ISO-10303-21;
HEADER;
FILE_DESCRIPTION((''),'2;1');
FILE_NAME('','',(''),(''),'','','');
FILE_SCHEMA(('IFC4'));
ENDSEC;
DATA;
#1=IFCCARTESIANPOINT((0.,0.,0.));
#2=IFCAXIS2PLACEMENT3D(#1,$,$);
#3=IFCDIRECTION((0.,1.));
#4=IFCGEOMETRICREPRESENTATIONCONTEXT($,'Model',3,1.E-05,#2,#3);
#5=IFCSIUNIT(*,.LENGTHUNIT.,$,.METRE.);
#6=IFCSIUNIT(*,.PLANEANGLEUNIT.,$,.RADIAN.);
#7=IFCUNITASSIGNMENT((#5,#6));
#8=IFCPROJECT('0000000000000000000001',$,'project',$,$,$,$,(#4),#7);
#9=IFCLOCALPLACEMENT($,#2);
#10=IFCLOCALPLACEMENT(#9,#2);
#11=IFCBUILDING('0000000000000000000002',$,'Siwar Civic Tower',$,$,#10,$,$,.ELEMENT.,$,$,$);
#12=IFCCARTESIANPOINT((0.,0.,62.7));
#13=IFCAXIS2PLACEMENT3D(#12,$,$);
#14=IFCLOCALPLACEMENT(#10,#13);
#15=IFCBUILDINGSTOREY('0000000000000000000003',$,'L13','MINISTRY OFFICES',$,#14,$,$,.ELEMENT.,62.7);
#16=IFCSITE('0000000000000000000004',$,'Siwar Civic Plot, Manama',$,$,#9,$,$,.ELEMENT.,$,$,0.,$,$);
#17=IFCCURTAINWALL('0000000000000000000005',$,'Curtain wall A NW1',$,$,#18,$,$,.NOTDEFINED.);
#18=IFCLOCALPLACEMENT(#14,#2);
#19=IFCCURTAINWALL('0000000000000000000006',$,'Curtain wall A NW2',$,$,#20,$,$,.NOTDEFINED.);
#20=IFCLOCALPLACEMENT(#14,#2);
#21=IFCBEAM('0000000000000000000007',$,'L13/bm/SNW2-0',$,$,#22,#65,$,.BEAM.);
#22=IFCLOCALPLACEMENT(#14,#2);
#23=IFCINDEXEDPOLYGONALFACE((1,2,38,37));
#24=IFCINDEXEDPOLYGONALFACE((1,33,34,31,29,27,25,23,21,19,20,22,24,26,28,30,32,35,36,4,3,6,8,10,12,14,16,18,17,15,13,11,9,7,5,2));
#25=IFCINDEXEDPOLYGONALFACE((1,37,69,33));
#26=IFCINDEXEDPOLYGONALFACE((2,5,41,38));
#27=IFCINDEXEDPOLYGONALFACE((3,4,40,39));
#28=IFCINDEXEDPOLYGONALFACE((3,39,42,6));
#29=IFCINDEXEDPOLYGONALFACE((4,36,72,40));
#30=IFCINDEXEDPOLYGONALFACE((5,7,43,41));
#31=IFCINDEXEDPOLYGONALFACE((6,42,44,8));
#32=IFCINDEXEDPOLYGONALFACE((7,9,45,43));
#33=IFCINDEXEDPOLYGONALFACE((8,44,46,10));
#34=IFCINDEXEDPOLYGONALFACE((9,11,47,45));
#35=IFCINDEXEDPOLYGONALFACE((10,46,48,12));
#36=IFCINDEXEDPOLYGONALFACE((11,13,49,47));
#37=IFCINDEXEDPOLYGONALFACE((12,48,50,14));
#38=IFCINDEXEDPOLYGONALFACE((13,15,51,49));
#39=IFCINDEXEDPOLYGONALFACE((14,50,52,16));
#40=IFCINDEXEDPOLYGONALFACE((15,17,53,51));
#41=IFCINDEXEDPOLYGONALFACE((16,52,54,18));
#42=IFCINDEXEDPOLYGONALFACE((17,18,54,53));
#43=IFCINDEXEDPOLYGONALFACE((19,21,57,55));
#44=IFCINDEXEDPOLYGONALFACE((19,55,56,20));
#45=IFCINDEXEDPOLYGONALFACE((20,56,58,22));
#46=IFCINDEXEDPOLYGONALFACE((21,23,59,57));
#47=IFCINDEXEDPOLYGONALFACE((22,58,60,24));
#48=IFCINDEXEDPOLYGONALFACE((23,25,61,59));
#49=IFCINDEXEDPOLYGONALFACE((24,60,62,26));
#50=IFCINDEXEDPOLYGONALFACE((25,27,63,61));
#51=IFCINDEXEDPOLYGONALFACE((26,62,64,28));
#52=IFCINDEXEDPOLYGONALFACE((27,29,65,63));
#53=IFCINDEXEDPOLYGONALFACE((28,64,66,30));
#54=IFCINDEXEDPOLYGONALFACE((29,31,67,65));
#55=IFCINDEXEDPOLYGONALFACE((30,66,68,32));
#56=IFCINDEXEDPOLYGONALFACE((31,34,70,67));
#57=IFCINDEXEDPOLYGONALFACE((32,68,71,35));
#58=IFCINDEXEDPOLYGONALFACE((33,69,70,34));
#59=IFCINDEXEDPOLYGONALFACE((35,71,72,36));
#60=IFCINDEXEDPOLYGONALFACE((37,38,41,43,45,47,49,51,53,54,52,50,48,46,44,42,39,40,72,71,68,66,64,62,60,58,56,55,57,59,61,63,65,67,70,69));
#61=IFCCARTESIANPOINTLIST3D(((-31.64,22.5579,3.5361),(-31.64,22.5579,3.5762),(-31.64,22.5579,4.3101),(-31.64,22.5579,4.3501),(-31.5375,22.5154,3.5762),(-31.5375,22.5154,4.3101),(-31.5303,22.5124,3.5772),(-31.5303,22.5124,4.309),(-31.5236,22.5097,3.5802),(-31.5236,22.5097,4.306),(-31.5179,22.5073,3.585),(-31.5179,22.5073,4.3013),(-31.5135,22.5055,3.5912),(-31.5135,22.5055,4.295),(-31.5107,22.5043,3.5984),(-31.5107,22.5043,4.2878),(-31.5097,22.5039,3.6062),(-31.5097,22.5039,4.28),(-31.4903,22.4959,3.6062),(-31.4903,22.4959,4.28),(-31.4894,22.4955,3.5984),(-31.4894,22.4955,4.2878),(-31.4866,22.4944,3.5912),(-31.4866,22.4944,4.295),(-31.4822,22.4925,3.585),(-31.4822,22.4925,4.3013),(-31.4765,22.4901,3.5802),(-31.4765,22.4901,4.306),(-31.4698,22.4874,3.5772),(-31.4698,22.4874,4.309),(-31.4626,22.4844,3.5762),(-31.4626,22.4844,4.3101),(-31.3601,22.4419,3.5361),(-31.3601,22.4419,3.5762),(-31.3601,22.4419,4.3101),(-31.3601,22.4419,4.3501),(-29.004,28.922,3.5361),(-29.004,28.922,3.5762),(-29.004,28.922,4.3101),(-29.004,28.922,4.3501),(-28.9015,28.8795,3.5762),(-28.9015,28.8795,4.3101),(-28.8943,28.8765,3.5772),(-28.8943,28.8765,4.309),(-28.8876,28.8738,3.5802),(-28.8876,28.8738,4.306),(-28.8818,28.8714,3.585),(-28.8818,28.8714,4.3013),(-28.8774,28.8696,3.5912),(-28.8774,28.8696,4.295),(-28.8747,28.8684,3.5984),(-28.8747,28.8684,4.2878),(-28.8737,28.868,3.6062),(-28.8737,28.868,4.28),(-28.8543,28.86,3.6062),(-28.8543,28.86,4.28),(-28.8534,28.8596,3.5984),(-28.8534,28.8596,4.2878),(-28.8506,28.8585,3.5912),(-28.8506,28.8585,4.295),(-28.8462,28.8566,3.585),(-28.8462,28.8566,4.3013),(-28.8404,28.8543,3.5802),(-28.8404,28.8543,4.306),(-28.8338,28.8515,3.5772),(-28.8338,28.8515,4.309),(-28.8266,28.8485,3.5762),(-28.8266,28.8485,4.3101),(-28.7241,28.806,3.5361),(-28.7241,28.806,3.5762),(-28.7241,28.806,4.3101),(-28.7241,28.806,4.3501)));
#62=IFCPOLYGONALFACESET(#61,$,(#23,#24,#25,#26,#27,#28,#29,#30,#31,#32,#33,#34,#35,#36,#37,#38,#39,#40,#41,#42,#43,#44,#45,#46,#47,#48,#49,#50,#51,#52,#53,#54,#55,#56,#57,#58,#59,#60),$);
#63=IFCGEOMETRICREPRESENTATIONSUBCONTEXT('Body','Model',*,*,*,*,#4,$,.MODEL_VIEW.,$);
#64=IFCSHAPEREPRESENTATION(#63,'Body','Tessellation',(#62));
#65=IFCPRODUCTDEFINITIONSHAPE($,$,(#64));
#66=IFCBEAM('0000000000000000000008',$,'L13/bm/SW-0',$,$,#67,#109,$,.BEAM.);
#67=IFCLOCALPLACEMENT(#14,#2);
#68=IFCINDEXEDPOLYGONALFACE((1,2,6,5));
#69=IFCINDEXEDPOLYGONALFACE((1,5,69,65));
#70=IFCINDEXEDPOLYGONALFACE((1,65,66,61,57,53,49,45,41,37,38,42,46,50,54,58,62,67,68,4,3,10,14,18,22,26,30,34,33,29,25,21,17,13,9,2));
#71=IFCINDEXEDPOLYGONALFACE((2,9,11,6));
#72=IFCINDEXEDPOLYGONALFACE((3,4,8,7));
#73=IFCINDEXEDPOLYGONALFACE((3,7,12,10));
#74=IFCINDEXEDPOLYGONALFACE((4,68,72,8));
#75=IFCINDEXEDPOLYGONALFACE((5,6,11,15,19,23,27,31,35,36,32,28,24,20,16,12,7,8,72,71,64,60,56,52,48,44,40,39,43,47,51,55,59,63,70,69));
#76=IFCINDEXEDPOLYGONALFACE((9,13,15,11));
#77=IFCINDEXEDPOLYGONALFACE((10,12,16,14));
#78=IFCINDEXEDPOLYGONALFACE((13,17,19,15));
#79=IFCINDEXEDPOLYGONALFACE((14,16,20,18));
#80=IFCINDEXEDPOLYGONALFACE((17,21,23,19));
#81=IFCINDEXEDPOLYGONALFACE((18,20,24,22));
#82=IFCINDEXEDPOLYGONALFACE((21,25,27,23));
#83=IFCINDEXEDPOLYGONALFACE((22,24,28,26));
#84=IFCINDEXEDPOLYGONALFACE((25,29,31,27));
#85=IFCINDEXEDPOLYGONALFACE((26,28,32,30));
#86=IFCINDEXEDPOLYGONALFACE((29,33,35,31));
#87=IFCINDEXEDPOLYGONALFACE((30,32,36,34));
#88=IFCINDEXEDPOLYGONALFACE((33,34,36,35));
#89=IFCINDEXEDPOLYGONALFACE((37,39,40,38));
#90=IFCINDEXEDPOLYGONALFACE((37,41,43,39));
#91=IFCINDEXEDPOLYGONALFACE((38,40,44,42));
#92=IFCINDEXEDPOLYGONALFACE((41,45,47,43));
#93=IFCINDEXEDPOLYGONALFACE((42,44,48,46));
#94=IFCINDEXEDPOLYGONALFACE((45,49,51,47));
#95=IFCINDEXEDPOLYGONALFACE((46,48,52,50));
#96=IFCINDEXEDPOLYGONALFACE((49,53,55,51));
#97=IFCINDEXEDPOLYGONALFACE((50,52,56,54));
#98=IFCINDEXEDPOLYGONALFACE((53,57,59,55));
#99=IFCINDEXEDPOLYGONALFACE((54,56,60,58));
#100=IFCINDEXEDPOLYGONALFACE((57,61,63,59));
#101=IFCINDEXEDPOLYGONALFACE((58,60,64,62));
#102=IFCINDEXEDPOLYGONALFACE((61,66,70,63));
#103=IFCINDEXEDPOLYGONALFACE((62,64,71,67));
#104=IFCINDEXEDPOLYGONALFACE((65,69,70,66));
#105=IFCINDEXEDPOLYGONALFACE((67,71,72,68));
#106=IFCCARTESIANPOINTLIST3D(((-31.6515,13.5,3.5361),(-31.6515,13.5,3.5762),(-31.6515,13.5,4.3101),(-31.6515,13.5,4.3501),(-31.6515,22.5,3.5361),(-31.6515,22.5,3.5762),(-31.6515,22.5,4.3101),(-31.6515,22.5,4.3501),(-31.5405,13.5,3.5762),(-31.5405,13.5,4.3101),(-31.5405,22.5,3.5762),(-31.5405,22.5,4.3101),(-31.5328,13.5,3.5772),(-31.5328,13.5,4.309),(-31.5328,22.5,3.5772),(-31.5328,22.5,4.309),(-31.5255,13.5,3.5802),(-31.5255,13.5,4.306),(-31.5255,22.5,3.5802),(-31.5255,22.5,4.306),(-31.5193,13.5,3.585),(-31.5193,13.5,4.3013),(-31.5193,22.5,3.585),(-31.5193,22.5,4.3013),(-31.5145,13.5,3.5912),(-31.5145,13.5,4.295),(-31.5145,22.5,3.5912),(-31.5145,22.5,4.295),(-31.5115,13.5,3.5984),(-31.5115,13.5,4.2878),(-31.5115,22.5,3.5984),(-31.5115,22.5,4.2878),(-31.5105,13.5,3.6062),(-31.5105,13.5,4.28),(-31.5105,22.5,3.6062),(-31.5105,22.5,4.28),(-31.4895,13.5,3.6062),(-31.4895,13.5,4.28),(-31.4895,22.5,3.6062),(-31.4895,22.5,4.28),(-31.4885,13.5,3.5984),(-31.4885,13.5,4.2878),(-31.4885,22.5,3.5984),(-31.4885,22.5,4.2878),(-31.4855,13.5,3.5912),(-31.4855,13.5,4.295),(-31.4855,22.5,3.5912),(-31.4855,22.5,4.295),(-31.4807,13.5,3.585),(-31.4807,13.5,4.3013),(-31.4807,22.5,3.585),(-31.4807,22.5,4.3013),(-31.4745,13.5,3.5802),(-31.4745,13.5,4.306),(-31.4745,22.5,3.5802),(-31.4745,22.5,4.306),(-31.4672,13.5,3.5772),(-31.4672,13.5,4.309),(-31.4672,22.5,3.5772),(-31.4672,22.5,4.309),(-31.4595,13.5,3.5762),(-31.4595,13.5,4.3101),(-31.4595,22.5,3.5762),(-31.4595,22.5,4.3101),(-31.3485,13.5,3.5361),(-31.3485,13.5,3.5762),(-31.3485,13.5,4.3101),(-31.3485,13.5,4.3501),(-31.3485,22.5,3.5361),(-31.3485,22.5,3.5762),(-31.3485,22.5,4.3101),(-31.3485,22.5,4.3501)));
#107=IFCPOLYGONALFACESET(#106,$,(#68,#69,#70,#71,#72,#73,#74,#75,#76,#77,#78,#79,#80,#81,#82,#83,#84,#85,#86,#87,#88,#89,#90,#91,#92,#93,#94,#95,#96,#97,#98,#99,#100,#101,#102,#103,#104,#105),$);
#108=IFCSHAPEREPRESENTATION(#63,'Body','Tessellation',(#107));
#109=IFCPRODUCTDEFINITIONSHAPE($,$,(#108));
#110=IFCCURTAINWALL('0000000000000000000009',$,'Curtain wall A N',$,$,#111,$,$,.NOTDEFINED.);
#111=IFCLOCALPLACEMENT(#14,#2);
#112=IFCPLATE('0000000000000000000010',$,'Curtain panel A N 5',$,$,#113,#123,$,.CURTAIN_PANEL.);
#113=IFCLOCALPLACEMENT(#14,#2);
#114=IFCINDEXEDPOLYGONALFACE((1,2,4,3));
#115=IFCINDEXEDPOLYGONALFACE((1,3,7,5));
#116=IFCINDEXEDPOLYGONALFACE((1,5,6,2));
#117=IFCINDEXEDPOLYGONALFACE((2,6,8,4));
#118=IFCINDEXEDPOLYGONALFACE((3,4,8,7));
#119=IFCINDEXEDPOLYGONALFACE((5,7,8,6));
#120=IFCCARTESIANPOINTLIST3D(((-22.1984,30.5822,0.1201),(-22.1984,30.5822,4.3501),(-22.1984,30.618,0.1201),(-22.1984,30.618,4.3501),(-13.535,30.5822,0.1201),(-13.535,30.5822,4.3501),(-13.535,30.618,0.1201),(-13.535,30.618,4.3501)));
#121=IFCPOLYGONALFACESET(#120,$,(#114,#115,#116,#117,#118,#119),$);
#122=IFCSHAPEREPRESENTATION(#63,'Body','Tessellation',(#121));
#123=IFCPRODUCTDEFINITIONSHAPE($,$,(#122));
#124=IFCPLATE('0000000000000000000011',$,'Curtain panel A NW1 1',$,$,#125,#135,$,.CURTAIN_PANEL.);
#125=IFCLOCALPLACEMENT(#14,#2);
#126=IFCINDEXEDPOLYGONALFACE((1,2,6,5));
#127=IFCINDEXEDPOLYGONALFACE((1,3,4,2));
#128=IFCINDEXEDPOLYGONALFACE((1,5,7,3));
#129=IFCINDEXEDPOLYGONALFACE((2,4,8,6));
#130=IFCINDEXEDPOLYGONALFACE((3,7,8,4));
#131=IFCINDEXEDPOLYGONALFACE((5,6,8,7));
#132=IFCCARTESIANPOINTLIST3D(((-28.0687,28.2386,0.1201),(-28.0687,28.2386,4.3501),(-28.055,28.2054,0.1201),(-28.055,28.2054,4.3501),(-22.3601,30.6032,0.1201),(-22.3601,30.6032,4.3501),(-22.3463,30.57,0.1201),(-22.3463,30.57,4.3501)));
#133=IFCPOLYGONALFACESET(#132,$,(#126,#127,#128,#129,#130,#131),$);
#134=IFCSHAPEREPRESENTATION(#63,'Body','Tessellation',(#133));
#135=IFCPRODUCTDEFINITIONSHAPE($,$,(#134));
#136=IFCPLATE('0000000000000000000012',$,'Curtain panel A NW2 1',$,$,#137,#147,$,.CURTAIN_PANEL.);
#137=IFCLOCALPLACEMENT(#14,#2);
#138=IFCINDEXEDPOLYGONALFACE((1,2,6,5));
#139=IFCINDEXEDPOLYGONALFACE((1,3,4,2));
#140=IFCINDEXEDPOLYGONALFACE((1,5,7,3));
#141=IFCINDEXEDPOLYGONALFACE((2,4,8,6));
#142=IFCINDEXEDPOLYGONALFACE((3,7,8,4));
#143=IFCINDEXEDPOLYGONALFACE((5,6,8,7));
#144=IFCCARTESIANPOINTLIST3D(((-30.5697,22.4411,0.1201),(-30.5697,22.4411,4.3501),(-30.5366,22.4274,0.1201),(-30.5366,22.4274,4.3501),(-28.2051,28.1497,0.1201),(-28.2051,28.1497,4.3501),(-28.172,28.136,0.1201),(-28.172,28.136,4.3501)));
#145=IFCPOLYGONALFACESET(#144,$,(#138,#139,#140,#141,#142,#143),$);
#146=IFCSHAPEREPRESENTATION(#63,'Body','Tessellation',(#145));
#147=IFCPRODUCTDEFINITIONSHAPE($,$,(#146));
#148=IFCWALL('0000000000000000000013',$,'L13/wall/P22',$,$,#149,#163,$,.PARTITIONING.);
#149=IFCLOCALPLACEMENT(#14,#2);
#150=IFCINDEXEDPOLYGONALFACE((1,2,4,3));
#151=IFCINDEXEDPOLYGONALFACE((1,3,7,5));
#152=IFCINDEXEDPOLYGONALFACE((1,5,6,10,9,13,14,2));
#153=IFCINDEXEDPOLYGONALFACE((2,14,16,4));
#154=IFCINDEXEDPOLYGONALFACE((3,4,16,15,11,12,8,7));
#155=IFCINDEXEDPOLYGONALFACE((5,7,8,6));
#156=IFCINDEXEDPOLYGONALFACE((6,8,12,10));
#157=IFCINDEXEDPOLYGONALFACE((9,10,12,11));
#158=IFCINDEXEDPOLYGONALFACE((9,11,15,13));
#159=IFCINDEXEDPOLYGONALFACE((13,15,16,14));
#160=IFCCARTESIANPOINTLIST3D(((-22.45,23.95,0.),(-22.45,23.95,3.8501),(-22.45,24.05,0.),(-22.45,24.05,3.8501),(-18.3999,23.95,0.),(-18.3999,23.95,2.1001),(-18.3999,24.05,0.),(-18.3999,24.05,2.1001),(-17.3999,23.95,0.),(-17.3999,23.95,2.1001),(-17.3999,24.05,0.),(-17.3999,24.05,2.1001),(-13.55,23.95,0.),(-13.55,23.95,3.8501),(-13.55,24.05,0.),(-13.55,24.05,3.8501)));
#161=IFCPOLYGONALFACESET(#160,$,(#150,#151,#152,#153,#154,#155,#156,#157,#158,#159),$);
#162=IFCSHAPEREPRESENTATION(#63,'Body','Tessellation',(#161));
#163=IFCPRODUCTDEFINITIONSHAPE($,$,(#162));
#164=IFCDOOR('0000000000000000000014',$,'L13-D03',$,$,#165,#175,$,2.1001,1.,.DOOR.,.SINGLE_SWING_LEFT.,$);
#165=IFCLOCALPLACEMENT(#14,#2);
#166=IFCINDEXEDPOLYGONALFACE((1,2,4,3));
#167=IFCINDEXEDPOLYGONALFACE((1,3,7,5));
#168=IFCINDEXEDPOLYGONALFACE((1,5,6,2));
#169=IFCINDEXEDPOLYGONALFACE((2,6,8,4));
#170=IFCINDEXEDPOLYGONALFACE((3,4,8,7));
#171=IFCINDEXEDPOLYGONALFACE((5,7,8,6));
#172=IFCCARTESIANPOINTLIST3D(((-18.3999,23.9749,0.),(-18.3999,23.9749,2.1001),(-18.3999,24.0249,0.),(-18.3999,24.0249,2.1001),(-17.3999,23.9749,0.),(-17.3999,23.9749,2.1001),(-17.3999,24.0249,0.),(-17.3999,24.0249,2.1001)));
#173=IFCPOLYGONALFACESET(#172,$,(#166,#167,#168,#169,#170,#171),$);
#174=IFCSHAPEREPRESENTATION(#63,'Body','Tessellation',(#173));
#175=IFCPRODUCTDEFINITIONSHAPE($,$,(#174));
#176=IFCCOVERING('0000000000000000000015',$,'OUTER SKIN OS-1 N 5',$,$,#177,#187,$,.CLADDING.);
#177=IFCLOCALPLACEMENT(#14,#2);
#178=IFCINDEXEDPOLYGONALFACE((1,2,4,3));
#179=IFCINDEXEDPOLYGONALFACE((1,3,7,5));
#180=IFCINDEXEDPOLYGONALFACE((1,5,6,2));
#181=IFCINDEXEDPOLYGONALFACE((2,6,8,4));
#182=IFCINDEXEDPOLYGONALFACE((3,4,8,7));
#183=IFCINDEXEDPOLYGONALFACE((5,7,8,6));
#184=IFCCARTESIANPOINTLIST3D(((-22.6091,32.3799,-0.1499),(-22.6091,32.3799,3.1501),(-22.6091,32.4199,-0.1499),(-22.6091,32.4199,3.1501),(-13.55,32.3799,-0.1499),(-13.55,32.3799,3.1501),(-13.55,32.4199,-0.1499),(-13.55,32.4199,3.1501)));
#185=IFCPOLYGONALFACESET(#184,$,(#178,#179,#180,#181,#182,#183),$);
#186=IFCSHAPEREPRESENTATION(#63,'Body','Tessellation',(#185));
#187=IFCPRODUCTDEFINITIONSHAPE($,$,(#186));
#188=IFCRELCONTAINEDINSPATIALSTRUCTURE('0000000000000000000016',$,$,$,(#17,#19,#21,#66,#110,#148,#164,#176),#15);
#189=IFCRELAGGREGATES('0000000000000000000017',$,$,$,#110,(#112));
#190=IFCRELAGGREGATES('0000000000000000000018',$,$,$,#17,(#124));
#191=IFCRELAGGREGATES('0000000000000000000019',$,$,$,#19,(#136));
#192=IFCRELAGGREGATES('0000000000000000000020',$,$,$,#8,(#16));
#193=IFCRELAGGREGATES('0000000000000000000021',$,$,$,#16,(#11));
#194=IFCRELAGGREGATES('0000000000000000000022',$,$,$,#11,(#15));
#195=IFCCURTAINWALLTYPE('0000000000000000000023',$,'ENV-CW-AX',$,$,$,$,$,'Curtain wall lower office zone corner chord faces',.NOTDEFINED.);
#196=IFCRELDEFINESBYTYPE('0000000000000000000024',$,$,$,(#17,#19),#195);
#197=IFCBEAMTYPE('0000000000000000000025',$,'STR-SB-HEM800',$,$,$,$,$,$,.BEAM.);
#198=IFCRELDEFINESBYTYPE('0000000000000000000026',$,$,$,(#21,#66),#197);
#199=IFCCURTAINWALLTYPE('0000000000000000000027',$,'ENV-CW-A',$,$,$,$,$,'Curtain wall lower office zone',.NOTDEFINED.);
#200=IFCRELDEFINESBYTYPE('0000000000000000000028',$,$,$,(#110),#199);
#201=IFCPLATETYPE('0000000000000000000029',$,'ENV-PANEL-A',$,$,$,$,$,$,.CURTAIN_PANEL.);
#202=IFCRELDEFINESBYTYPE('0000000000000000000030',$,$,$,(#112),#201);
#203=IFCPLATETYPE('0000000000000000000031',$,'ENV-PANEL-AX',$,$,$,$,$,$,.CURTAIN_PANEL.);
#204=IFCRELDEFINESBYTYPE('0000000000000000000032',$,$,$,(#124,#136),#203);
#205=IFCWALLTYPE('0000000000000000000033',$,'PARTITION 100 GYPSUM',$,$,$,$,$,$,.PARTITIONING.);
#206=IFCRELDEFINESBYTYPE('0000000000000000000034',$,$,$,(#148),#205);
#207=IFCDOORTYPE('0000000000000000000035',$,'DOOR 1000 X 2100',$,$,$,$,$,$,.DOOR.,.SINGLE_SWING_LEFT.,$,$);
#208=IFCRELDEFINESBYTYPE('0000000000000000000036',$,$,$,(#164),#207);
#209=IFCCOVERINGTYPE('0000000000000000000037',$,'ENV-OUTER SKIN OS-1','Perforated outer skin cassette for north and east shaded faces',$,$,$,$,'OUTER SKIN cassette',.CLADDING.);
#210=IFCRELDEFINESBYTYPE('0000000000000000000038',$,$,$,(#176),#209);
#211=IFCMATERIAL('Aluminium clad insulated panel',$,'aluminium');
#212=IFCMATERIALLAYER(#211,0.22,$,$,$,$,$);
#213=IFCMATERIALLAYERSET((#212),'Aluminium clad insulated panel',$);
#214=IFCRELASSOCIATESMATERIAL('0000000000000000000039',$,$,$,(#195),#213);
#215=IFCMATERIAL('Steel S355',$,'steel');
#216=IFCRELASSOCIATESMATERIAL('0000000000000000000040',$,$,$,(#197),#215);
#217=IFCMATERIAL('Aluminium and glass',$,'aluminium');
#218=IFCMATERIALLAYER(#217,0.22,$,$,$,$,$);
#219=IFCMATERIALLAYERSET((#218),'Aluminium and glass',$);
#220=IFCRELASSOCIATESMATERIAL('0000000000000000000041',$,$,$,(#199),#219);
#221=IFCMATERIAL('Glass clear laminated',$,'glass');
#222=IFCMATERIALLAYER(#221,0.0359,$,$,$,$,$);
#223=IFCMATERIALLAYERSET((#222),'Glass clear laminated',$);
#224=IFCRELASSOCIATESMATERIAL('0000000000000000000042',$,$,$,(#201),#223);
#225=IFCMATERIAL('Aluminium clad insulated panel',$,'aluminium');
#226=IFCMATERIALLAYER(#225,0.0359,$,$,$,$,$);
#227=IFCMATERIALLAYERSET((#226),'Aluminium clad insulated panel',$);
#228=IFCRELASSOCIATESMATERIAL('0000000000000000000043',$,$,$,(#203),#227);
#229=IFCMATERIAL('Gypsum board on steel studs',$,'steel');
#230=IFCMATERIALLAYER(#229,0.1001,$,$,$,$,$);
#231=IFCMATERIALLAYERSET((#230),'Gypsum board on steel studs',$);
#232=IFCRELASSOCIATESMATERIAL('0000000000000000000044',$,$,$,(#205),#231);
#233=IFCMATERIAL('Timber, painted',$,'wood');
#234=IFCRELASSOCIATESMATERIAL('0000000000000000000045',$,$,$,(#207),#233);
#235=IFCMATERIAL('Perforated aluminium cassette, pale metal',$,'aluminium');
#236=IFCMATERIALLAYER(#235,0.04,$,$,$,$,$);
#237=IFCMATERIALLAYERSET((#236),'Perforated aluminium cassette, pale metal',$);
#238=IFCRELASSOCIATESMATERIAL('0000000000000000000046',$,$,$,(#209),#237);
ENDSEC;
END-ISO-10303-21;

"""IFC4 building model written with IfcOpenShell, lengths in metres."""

from ifc_helpers import new_model, si_unit, direction, frame, frame_2d, origin, origin_2d, place, context, subcontext, project, spatial, rectangle, i_section, extrude, material, layer, layer_set, material_profile, profile_set, type_object, element, fill, aggregate, save


model = new_model("IFC4")

# Units and contexts
model_context = context("Model", 3, precision=1e-05, world=origin(), true_north=direction((0.0, 1.0)))
body_context = subcontext(model_context, "Body", "Model", "MODEL_VIEW")
ifc_project = project(units=[si_unit("LENGTHUNIT", "METRE"), si_unit("PLANEANGLEUNIT", "RADIAN")], contexts=[model_context])

# Site, building, storey
site_placement = place(None, origin())
site = spatial("IfcSite", under=ifc_project, at=site_placement, Name="Siwar Civic Plot, Manama", CompositionType="ELEMENT", RefElevation=0.0)
building_placement = place(site_placement, origin())
building = spatial("IfcBuilding", under=site, at=building_placement, Name="Siwar Civic Tower", CompositionType="ELEMENT")
storey_placement = place(building_placement, frame((0.0, 0.0, 62.7)))
storey = spatial("IfcBuildingStorey", under=building, at=storey_placement, Name="L13", Description="MINISTRY OFFICES", CompositionType="ELEMENT", Elevation=62.7)

# Curtain walls
ifc_material_1 = material(Name="Aluminium clad insulated panel", Category="aluminium")
ifc_layer_1 = layer(ifc_material_1, 0.22)
ifc_layer_set_1 = layer_set([ifc_layer_1], Name="Aluminium clad insulated panel")
curtain_wall_type_1 = type_object("IfcCurtainWallType", Name="ENV-CW-AX", ElementType="Curtain wall lower office zone corner chord faces", PredefinedType="NOTDEFINED", material=ifc_layer_set_1)
curtain_wall_1_placement = place(storey_placement, origin())
curtain_wall_1 = element("IfcCurtainWall", 1, at=curtain_wall_1_placement, inside=storey, type_object=curtain_wall_type_1, Name="Curtain wall A NW1", PredefinedType="NOTDEFINED")
curtain_wall_2_placement = place(storey_placement, origin())
curtain_wall_2 = element("IfcCurtainWall", 2, at=curtain_wall_2_placement, inside=storey, type_object=curtain_wall_type_1, Name="Curtain wall A NW2", PredefinedType="NOTDEFINED")

# Beams
ifc_material_2 = material(Name="Steel S355", Category="steel")
ifc_material_profile_1 = material_profile(ifc_material_2, i_section(OverallWidth=0.303, OverallDepth=0.814, WebThickness=0.021, FlangeThickness=0.04, FilletRadius=0.03, at=origin_2d()), Name="HEM800")
ifc_profile_set_1 = profile_set([ifc_material_profile_1], Name="Steel S355")
beam_type_1 = type_object("IfcBeamType", Name="STR-SB-HEM800", PredefinedType="BEAM", material=ifc_profile_set_1)
for number, where, z_axis, x_axis, name in (
    (3, (-28.864, 28.864, 3.9431), (-0.382674, -0.923883, 0.0), (0.923883, -0.382674, 0.0), "L13/bm/SNW2-0"),
):
    element("IfcBeam", number, at=place(storey_placement, frame(where, z_axis=z_axis, x_axis=x_axis)), inside=storey, type_object=beam_type_1, Name=name, PredefinedType="BEAM", context=body_context, shape_type="SweptSolid", body=[
        extrude(i_section(OverallWidth=0.303, OverallDepth=0.814, WebThickness=0.021, FlangeThickness=0.04, FilletRadius=0.03, at=origin_2d()), origin(), (0.0, 0.0, 1.0), 6.8884),
    ])
beam_1_placement = place(storey_placement, frame((-31.5, 22.5, 3.9431), z_axis=(0.0, -1.0, 0.0), x_axis=(1.0, 0.0, 0.0)))
element("IfcBeam", 4, at=beam_1_placement, inside=storey, type_object=beam_type_1, Name="L13/bm/SW-0", PredefinedType="BEAM", context=body_context, shape_type="SweptSolid", body=[
    extrude(i_section(OverallWidth=0.303, OverallDepth=0.814, WebThickness=0.021, FlangeThickness=0.04, FilletRadius=0.03, at=origin_2d()), origin(), (0.0, 0.0, 1.0), 9.0),
])

# Curtain wall, plate
ifc_material_3 = material(Name="Aluminium and glass", Category="aluminium")
ifc_layer_2 = layer(ifc_material_3, 0.22)
ifc_layer_set_2 = layer_set([ifc_layer_2], Name="Aluminium and glass")
curtain_wall_type_2 = type_object("IfcCurtainWallType", Name="ENV-CW-A", ElementType="Curtain wall lower office zone", PredefinedType="NOTDEFINED", material=ifc_layer_set_2)
curtain_wall_3_placement = place(storey_placement, origin())
curtain_wall_3 = element("IfcCurtainWall", 5, at=curtain_wall_3_placement, inside=storey, type_object=curtain_wall_type_2, Name="Curtain wall A N", PredefinedType="NOTDEFINED")
ifc_material_4 = material(Name="Glass clear laminated", Category="glass")
ifc_layer_3 = layer(ifc_material_4, 0.0359)
ifc_layer_set_3 = layer_set([ifc_layer_3], Name="Glass clear laminated")
plate_type_1 = type_object("IfcPlateType", Name="ENV-PANEL-A", PredefinedType="CURTAIN_PANEL", material=ifc_layer_set_3)
plate_1_placement = place(storey_placement, frame((-17.8667, 30.6001, 0.1201), z_axis=(0.0, 0.0, 1.0), x_axis=(-1.0, 0.0, 0.0)))
plate_1 = element("IfcPlate", 6, at=plate_1_placement, type_object=plate_type_1, Name="Curtain panel A N 5", PredefinedType="CURTAIN_PANEL", context=body_context, shape_type="SweptSolid", body=[
    extrude(rectangle(XDim=8.6633, YDim=0.0359, at=origin_2d()), origin(), (0.0, 0.0, 1.0), 4.23),
])
aggregate(curtain_wall_3, [plate_1])

# Plates
ifc_material_5 = material(Name="Aluminium clad insulated panel", Category="aluminium")
ifc_layer_4 = layer(ifc_material_5, 0.0359)
ifc_layer_set_4 = layer_set([ifc_layer_4], Name="Aluminium clad insulated panel")
plate_type_2 = type_object("IfcPlateType", Name="ENV-PANEL-AX", PredefinedType="CURTAIN_PANEL", material=ifc_layer_set_4)
plate_2_placement = place(storey_placement, frame((-25.2075, 29.4043, 0.1201), z_axis=(0.0, 0.0, 1.0), x_axis=(-0.92388, -0.382683, 0.0)))
plate_2 = element("IfcPlate", 7, at=plate_2_placement, type_object=plate_type_2, Name="Curtain panel A NW1 1", PredefinedType="CURTAIN_PANEL", context=body_context, shape_type="SweptSolid", body=[
    extrude(rectangle(XDim=6.179, YDim=0.0359, at=origin_2d()), origin(), (0.0, 0.0, 1.0), 4.23),
])
aggregate(curtain_wall_1, [plate_2])
plate_3_placement = place(storey_placement, frame((-29.3708, 25.2886, 0.1201), z_axis=(0.0, 0.0, 1.0), x_axis=(-0.382683, -0.92388, 0.0)))
plate_3 = element("IfcPlate", 8, at=plate_3_placement, type_object=plate_type_2, Name="Curtain panel A NW2 1", PredefinedType="CURTAIN_PANEL", context=body_context, shape_type="SweptSolid", body=[
    extrude(rectangle(XDim=6.179, YDim=0.0359, at=origin_2d()), origin(), (0.0, 0.0, 1.0), 4.23),
])
aggregate(curtain_wall_2, [plate_3])

# Wall, opening, door
ifc_material_6 = material(Name="Gypsum board on steel studs", Category="steel")
ifc_layer_5 = layer(ifc_material_6, 0.1001)
ifc_layer_set_5 = layer_set([ifc_layer_5], Name="Gypsum board on steel studs")
wall_type = type_object("IfcWallType", Name="PARTITION 100 GYPSUM", PredefinedType="PARTITIONING", material=ifc_layer_set_5)
wall_placement = place(storey_placement, frame((-22.45, 24.0, 0.0), z_axis=(0.0, 0.0, 1.0), x_axis=(1.0, 0.0, 0.0)))
wall = element("IfcWall", 9, at=wall_placement, inside=storey, type_object=wall_type, Name="L13/wall/P22", PredefinedType="PARTITIONING", context=body_context, shape_type="SweptSolid", body=[
    extrude(rectangle(XDim=8.8999, YDim=0.1001, at=frame_2d((4.45, 0.0))), origin(), (0.0, 0.0, 1.0), 3.8501),
])
opening_placement = place(wall_placement, frame((4.05, 0.0, 0.0)))
opening = element("IfcOpeningElement", 10, at=opening_placement, cuts=wall, PredefinedType="OPENING", context=body_context, shape_type="SweptSolid", body=[
    extrude(rectangle(XDim=1.0, YDim=2.1001, at=frame_2d((0.5, 1.05))), frame((0.0, 0.0601, 0.0), z_axis=(0.0, -1.0, 0.0), x_axis=(1.0, 0.0, 0.0)), (0.0, 0.0, 1.0), 0.1201),
])
ifc_material_7 = material(Name="Timber, painted", Category="wood")
door_type = type_object("IfcDoorType", Name="DOOR 1000 X 2100", OperationType="SINGLE_SWING_LEFT", PredefinedType="DOOR", material=ifc_material_7)
door_placement = place(opening_placement, origin())
door = element("IfcDoor", 11, at=door_placement, inside=storey, type_object=door_type, Name="L13-D03", OperationType="SINGLE_SWING_LEFT", OverallHeight=2.1001, OverallWidth=1.0, PredefinedType="DOOR", context=body_context, shape_type="SweptSolid", body=[
    extrude(rectangle(XDim=1.0, YDim=2.1001, at=frame_2d((0.5, 1.05))), frame((0.0, 0.0249, 0.0), z_axis=(0.0, -1.0, 0.0), x_axis=(1.0, 0.0, 0.0)), (0.0, 0.0, 1.0), 0.05),
])
fill(opening, door)

# Covering
ifc_material_8 = material(Name="Perforated aluminium cassette, pale metal", Category="aluminium")
ifc_layer_6 = layer(ifc_material_8, 0.04)
ifc_layer_set_6 = layer_set([ifc_layer_6], Name="Perforated aluminium cassette, pale metal")
covering_type_1 = type_object("IfcCoveringType", Name="ENV-OUTER SKIN OS-1", Description="Perforated outer skin cassette for north and east shaded faces", ElementType="OUTER SKIN cassette", PredefinedType="CLADDING", material=ifc_layer_set_6)
covering_1_placement = place(storey_placement, frame((-18.0796, 32.3999, -0.1499), z_axis=(0.0, 0.0, 1.0), x_axis=(-1.0, 0.0, 0.0)))
element("IfcCovering", 12, at=covering_1_placement, inside=storey, type_object=covering_type_1, Name="OUTER SKIN OS-1 N 5", PredefinedType="CLADDING", context=body_context, shape_type="SweptSolid", body=[
    extrude(rectangle(XDim=9.0591, YDim=0.04, at=origin_2d()), origin(), (0.0, 0.0, 1.0), 3.3),
])

save(model, "model.ifc")
